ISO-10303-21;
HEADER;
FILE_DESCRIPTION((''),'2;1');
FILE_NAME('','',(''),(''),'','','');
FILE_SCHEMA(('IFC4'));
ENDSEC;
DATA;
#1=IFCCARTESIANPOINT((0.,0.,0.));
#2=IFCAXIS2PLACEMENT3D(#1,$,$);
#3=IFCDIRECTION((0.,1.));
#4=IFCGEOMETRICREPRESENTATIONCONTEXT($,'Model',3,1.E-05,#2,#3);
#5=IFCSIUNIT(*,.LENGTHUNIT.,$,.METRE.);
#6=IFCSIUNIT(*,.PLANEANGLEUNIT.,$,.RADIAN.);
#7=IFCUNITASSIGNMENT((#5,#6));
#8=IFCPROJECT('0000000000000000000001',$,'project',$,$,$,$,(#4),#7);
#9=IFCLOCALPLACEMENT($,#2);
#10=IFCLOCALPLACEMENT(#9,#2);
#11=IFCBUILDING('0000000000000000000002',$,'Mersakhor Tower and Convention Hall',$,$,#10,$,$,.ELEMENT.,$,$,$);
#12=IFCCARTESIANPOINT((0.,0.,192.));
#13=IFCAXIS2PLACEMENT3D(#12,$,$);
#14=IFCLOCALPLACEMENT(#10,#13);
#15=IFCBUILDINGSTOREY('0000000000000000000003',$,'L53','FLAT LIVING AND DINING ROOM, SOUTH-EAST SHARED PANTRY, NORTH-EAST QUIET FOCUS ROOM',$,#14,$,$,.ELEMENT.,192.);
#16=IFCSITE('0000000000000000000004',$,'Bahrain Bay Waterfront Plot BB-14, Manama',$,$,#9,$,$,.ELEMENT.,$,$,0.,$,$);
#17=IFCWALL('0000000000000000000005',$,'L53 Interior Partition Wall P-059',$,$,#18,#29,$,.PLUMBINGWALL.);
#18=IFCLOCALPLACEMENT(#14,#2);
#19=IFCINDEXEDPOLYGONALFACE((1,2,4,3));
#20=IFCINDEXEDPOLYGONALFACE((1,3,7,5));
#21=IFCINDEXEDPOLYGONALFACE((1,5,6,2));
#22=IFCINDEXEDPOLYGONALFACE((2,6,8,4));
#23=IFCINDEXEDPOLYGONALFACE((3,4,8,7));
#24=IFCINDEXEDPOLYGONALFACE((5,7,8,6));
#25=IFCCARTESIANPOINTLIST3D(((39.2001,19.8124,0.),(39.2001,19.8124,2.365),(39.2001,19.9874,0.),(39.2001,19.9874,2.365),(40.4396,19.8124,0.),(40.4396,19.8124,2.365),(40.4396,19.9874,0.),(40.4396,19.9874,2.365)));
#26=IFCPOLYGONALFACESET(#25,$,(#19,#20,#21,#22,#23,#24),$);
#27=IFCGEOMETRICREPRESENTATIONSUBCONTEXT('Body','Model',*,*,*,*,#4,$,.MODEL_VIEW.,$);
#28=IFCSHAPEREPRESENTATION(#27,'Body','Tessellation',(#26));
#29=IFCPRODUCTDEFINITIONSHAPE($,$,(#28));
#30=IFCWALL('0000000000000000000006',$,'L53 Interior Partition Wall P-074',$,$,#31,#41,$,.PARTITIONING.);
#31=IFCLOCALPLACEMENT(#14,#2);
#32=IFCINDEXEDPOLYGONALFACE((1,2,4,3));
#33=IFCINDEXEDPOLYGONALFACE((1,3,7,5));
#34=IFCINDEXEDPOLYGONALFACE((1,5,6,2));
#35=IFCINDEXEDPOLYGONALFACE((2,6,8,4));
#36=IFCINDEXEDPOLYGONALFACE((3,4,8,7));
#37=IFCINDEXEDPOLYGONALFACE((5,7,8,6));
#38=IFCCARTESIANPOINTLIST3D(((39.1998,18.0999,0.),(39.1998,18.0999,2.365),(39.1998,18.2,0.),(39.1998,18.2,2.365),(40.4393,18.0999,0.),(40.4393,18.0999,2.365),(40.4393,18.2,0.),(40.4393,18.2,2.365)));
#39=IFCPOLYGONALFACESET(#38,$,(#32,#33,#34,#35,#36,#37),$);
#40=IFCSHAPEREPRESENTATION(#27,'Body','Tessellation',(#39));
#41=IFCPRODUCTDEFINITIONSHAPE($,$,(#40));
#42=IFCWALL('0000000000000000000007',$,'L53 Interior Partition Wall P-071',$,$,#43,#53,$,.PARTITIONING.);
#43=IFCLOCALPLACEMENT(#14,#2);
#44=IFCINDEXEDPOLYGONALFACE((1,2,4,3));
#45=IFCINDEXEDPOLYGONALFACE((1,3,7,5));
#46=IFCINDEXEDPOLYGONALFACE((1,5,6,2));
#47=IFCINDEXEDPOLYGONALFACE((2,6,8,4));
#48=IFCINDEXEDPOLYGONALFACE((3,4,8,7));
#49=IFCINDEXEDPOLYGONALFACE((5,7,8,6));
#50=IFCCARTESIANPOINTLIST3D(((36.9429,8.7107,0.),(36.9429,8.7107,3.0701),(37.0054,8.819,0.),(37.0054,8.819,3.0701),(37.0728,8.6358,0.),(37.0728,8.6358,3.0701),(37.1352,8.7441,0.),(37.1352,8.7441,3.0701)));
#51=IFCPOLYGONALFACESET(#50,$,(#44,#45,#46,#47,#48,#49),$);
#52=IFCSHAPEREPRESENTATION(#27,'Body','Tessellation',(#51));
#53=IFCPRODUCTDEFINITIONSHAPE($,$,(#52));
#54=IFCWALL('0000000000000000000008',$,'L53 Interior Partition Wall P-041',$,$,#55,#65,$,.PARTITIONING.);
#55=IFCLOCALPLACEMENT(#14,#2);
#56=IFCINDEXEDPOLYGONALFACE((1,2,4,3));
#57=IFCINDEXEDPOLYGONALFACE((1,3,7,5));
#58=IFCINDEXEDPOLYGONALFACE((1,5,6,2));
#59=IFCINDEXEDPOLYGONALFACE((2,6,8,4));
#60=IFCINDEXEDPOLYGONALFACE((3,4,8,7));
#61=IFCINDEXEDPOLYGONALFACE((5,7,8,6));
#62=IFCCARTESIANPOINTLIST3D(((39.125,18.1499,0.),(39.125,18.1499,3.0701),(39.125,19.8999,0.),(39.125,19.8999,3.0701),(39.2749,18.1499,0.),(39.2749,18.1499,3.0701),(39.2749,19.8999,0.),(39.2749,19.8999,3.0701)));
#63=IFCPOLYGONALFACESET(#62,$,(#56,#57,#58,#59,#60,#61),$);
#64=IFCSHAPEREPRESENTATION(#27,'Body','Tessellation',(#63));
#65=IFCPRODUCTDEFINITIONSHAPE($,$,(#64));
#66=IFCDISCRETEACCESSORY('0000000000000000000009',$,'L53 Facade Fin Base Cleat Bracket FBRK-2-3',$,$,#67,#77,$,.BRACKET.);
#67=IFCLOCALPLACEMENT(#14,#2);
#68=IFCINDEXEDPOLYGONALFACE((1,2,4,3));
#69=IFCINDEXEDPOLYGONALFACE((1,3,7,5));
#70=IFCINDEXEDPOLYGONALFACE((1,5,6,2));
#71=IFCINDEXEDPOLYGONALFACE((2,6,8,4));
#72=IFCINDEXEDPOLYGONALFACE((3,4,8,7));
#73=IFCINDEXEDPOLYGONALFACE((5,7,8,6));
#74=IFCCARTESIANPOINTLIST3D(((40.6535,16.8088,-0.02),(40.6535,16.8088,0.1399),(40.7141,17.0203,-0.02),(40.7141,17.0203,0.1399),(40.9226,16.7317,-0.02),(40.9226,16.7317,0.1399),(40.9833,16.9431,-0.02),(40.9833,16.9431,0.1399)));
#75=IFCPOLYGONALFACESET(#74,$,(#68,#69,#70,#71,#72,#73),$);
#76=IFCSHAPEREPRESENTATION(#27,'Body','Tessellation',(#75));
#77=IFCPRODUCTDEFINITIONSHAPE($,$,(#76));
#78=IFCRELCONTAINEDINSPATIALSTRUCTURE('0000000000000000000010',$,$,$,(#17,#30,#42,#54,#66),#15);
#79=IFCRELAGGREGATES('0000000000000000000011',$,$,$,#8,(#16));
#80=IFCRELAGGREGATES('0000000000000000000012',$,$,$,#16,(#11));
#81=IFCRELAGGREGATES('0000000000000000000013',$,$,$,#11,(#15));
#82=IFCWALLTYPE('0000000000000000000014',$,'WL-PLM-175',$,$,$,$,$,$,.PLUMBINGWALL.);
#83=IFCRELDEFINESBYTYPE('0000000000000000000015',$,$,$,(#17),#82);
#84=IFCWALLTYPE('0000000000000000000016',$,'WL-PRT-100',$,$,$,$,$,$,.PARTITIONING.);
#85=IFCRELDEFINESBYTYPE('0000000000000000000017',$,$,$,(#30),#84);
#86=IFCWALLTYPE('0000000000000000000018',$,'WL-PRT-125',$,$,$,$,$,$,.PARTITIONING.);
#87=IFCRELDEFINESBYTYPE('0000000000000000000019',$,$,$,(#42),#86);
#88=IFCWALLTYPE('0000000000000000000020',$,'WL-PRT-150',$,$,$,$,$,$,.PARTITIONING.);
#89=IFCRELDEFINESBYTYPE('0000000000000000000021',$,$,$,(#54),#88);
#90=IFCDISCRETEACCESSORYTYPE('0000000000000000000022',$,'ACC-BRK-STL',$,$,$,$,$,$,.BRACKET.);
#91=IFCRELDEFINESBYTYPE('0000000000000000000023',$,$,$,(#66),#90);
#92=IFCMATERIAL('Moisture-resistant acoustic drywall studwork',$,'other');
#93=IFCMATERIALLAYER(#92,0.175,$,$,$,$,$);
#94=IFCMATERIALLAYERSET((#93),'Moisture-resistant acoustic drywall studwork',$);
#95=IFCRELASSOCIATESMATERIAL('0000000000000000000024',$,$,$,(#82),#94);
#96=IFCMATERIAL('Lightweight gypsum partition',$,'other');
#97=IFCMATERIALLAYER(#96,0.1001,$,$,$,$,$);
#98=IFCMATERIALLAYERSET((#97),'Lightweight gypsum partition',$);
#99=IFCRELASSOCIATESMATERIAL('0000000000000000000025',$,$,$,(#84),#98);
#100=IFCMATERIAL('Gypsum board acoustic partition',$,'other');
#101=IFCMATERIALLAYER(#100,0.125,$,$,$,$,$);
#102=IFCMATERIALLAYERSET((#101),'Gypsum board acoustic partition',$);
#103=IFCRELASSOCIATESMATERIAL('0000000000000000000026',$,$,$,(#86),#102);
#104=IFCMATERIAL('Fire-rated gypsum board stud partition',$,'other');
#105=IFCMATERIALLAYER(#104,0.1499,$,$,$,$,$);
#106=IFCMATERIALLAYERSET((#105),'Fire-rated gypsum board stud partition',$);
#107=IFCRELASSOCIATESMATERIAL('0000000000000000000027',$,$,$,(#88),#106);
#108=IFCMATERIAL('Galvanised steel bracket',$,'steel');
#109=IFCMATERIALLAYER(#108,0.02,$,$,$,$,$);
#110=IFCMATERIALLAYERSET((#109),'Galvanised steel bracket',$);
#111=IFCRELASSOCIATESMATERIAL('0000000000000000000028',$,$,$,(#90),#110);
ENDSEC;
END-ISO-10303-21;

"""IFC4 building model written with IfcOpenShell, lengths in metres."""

from ifc_helpers import new_model, si_unit, direction, frame, frame_2d, origin, origin_2d, place, context, subcontext, project, spatial, rectangle, extrude, material, layer, layer_set, type_object, element, save


model = new_model("IFC4")

# Units and contexts
model_context = context("Model", 3, precision=1e-05, world=origin(), true_north=direction((0.0, 1.0)))
body_context = subcontext(model_context, "Body", "Model", "MODEL_VIEW")
ifc_project = project(units=[si_unit("LENGTHUNIT", "METRE"), si_unit("PLANEANGLEUNIT", "RADIAN")], contexts=[model_context])

# Site, building, storey
site_placement = place(None, origin())
site = spatial("IfcSite", under=ifc_project, at=site_placement, Name="Bahrain Bay Waterfront Plot BB-14, Manama", CompositionType="ELEMENT", RefElevation=0.0)
building_placement = place(site_placement, origin())
building = spatial("IfcBuilding", under=site, at=building_placement, Name="Mersakhor Tower and Convention Hall", CompositionType="ELEMENT")
storey_placement = place(building_placement, frame((0.0, 0.0, 192.0)))
storey = spatial("IfcBuildingStorey", under=building, at=storey_placement, Name="L53", Description="FLAT LIVING AND DINING ROOM, SOUTH-EAST SHARED PANTRY, NORTH-EAST QUIET FOCUS ROOM", CompositionType="ELEMENT", Elevation=192.0)

# Walls
ifc_material_1 = material(Name="Moisture-resistant acoustic drywall studwork", Category="other")
ifc_layer_1 = layer(ifc_material_1, 0.175)
ifc_layer_set_1 = layer_set([ifc_layer_1], Name="Moisture-resistant acoustic drywall studwork")
wall_type_1 = type_object("IfcWallType", Name="WL-PLM-175", PredefinedType="PLUMBINGWALL", material=ifc_layer_set_1)
wall_1_placement = place(storey_placement, frame((40.4395, 19.8999, 0.0), z_axis=(0.0, 0.0, 1.0), x_axis=(-1.0, 0.0, 0.0)))
element("IfcWall", 1, at=wall_1_placement, inside=storey, type_object=wall_type_1, Name="L53 Interior Partition Wall P-059", PredefinedType="PLUMBINGWALL", context=body_context, shape_type="SweptSolid", body=[
    extrude(rectangle(XDim=1.2395, YDim=0.175, at=frame_2d((0.6196, 0.0))), origin(), (0.0, 0.0, 1.0), 2.365),
])
ifc_material_2 = material(Name="Lightweight gypsum partition", Category="other")
ifc_layer_2 = layer(ifc_material_2, 0.1001)
ifc_layer_set_2 = layer_set([ifc_layer_2], Name="Lightweight gypsum partition")
wall_type_2 = type_object("IfcWallType", Name="WL-PRT-100", PredefinedType="PARTITIONING", material=ifc_layer_set_2)
wall_2_placement = place(storey_placement, frame((39.2, 18.1499, 0.0), z_axis=(0.0, 0.0, 1.0), x_axis=(1.0, 0.0, 0.0)))
element("IfcWall", 2, at=wall_2_placement, inside=storey, type_object=wall_type_2, Name="L53 Interior Partition Wall P-074", PredefinedType="PARTITIONING", context=body_context, shape_type="SweptSolid", body=[
    extrude(rectangle(XDim=1.2395, YDim=0.1001, at=frame_2d((0.6196, 0.0))), origin(), (0.0, 0.0, 1.0), 2.365),
])
ifc_material_3 = material(Name="Gypsum board acoustic partition", Category="other")
ifc_layer_3 = layer(ifc_material_3, 0.125)
ifc_layer_set_3 = layer_set([ifc_layer_3], Name="Gypsum board acoustic partition")
wall_type_3 = type_object("IfcWallType", Name="WL-PRT-125", PredefinedType="PARTITIONING", material=ifc_layer_set_3)
wall_3_placement = place(storey_placement, frame((37.104, 8.6899, 0.0), z_axis=(0.0, 0.0, 1.0), x_axis=(-0.866131, 0.499816, 0.0)))
element("IfcWall", 3, at=wall_3_placement, inside=storey, type_object=wall_type_3, Name="L53 Interior Partition Wall P-071", PredefinedType="PARTITIONING", context=body_context, shape_type="SweptSolid", body=[
    extrude(rectangle(XDim=0.1499, YDim=0.125, at=frame_2d((0.075, 0.0))), origin(), (0.0, 0.0, 1.0), 3.0701),
])
ifc_material_4 = material(Name="Fire-rated gypsum board stud partition", Category="other")
ifc_layer_4 = layer(ifc_material_4, 0.1499)
ifc_layer_set_4 = layer_set([ifc_layer_4], Name="Fire-rated gypsum board stud partition")
wall_type_4 = type_object("IfcWallType", Name="WL-PRT-150", PredefinedType="PARTITIONING", material=ifc_layer_set_4)
wall_4_placement = place(storey_placement, frame((39.2, 19.8999, 0.0), z_axis=(0.0, 0.0, 1.0), x_axis=(0.0, -1.0, 0.0)))
element("IfcWall", 4, at=wall_4_placement, inside=storey, type_object=wall_type_4, Name="L53 Interior Partition Wall P-041", PredefinedType="PARTITIONING", context=body_context, shape_type="SweptSolid", body=[
    extrude(rectangle(XDim=1.75, YDim=0.1499, at=frame_2d((0.875, 0.0))), origin(), (0.0, 0.0, 1.0), 3.0701),
])

# Discrete accessory
ifc_material_5 = material(Name="Galvanised steel bracket", Category="steel")
ifc_layer_5 = layer(ifc_material_5, 0.02)
ifc_layer_set_5 = layer_set([ifc_layer_5], Name="Galvanised steel bracket")
discrete_accessory_type = type_object("IfcDiscreteAccessoryType", Name="ACC-BRK-STL", PredefinedType="BRACKET", material=ifc_layer_set_5)
discrete_accessory_placement = place(storey_placement, frame((40.8184, 16.876, -0.02), z_axis=(0.0, 0.0, 1.0), x_axis=(0.961262, -0.275637, 0.0)))
element("IfcDiscreteAccessory", 5, at=discrete_accessory_placement, inside=storey, type_object=discrete_accessory_type, Name="L53 Facade Fin Base Cleat Bracket FBRK-2-3", PredefinedType="BRACKET", context=body_context, shape_type="SweptSolid", body=[
    extrude(rectangle(XDim=0.28, YDim=0.22, at=origin_2d()), origin(), (0.0, 0.0, 1.0), 0.1599),
])

save(model, "model.ifc")
